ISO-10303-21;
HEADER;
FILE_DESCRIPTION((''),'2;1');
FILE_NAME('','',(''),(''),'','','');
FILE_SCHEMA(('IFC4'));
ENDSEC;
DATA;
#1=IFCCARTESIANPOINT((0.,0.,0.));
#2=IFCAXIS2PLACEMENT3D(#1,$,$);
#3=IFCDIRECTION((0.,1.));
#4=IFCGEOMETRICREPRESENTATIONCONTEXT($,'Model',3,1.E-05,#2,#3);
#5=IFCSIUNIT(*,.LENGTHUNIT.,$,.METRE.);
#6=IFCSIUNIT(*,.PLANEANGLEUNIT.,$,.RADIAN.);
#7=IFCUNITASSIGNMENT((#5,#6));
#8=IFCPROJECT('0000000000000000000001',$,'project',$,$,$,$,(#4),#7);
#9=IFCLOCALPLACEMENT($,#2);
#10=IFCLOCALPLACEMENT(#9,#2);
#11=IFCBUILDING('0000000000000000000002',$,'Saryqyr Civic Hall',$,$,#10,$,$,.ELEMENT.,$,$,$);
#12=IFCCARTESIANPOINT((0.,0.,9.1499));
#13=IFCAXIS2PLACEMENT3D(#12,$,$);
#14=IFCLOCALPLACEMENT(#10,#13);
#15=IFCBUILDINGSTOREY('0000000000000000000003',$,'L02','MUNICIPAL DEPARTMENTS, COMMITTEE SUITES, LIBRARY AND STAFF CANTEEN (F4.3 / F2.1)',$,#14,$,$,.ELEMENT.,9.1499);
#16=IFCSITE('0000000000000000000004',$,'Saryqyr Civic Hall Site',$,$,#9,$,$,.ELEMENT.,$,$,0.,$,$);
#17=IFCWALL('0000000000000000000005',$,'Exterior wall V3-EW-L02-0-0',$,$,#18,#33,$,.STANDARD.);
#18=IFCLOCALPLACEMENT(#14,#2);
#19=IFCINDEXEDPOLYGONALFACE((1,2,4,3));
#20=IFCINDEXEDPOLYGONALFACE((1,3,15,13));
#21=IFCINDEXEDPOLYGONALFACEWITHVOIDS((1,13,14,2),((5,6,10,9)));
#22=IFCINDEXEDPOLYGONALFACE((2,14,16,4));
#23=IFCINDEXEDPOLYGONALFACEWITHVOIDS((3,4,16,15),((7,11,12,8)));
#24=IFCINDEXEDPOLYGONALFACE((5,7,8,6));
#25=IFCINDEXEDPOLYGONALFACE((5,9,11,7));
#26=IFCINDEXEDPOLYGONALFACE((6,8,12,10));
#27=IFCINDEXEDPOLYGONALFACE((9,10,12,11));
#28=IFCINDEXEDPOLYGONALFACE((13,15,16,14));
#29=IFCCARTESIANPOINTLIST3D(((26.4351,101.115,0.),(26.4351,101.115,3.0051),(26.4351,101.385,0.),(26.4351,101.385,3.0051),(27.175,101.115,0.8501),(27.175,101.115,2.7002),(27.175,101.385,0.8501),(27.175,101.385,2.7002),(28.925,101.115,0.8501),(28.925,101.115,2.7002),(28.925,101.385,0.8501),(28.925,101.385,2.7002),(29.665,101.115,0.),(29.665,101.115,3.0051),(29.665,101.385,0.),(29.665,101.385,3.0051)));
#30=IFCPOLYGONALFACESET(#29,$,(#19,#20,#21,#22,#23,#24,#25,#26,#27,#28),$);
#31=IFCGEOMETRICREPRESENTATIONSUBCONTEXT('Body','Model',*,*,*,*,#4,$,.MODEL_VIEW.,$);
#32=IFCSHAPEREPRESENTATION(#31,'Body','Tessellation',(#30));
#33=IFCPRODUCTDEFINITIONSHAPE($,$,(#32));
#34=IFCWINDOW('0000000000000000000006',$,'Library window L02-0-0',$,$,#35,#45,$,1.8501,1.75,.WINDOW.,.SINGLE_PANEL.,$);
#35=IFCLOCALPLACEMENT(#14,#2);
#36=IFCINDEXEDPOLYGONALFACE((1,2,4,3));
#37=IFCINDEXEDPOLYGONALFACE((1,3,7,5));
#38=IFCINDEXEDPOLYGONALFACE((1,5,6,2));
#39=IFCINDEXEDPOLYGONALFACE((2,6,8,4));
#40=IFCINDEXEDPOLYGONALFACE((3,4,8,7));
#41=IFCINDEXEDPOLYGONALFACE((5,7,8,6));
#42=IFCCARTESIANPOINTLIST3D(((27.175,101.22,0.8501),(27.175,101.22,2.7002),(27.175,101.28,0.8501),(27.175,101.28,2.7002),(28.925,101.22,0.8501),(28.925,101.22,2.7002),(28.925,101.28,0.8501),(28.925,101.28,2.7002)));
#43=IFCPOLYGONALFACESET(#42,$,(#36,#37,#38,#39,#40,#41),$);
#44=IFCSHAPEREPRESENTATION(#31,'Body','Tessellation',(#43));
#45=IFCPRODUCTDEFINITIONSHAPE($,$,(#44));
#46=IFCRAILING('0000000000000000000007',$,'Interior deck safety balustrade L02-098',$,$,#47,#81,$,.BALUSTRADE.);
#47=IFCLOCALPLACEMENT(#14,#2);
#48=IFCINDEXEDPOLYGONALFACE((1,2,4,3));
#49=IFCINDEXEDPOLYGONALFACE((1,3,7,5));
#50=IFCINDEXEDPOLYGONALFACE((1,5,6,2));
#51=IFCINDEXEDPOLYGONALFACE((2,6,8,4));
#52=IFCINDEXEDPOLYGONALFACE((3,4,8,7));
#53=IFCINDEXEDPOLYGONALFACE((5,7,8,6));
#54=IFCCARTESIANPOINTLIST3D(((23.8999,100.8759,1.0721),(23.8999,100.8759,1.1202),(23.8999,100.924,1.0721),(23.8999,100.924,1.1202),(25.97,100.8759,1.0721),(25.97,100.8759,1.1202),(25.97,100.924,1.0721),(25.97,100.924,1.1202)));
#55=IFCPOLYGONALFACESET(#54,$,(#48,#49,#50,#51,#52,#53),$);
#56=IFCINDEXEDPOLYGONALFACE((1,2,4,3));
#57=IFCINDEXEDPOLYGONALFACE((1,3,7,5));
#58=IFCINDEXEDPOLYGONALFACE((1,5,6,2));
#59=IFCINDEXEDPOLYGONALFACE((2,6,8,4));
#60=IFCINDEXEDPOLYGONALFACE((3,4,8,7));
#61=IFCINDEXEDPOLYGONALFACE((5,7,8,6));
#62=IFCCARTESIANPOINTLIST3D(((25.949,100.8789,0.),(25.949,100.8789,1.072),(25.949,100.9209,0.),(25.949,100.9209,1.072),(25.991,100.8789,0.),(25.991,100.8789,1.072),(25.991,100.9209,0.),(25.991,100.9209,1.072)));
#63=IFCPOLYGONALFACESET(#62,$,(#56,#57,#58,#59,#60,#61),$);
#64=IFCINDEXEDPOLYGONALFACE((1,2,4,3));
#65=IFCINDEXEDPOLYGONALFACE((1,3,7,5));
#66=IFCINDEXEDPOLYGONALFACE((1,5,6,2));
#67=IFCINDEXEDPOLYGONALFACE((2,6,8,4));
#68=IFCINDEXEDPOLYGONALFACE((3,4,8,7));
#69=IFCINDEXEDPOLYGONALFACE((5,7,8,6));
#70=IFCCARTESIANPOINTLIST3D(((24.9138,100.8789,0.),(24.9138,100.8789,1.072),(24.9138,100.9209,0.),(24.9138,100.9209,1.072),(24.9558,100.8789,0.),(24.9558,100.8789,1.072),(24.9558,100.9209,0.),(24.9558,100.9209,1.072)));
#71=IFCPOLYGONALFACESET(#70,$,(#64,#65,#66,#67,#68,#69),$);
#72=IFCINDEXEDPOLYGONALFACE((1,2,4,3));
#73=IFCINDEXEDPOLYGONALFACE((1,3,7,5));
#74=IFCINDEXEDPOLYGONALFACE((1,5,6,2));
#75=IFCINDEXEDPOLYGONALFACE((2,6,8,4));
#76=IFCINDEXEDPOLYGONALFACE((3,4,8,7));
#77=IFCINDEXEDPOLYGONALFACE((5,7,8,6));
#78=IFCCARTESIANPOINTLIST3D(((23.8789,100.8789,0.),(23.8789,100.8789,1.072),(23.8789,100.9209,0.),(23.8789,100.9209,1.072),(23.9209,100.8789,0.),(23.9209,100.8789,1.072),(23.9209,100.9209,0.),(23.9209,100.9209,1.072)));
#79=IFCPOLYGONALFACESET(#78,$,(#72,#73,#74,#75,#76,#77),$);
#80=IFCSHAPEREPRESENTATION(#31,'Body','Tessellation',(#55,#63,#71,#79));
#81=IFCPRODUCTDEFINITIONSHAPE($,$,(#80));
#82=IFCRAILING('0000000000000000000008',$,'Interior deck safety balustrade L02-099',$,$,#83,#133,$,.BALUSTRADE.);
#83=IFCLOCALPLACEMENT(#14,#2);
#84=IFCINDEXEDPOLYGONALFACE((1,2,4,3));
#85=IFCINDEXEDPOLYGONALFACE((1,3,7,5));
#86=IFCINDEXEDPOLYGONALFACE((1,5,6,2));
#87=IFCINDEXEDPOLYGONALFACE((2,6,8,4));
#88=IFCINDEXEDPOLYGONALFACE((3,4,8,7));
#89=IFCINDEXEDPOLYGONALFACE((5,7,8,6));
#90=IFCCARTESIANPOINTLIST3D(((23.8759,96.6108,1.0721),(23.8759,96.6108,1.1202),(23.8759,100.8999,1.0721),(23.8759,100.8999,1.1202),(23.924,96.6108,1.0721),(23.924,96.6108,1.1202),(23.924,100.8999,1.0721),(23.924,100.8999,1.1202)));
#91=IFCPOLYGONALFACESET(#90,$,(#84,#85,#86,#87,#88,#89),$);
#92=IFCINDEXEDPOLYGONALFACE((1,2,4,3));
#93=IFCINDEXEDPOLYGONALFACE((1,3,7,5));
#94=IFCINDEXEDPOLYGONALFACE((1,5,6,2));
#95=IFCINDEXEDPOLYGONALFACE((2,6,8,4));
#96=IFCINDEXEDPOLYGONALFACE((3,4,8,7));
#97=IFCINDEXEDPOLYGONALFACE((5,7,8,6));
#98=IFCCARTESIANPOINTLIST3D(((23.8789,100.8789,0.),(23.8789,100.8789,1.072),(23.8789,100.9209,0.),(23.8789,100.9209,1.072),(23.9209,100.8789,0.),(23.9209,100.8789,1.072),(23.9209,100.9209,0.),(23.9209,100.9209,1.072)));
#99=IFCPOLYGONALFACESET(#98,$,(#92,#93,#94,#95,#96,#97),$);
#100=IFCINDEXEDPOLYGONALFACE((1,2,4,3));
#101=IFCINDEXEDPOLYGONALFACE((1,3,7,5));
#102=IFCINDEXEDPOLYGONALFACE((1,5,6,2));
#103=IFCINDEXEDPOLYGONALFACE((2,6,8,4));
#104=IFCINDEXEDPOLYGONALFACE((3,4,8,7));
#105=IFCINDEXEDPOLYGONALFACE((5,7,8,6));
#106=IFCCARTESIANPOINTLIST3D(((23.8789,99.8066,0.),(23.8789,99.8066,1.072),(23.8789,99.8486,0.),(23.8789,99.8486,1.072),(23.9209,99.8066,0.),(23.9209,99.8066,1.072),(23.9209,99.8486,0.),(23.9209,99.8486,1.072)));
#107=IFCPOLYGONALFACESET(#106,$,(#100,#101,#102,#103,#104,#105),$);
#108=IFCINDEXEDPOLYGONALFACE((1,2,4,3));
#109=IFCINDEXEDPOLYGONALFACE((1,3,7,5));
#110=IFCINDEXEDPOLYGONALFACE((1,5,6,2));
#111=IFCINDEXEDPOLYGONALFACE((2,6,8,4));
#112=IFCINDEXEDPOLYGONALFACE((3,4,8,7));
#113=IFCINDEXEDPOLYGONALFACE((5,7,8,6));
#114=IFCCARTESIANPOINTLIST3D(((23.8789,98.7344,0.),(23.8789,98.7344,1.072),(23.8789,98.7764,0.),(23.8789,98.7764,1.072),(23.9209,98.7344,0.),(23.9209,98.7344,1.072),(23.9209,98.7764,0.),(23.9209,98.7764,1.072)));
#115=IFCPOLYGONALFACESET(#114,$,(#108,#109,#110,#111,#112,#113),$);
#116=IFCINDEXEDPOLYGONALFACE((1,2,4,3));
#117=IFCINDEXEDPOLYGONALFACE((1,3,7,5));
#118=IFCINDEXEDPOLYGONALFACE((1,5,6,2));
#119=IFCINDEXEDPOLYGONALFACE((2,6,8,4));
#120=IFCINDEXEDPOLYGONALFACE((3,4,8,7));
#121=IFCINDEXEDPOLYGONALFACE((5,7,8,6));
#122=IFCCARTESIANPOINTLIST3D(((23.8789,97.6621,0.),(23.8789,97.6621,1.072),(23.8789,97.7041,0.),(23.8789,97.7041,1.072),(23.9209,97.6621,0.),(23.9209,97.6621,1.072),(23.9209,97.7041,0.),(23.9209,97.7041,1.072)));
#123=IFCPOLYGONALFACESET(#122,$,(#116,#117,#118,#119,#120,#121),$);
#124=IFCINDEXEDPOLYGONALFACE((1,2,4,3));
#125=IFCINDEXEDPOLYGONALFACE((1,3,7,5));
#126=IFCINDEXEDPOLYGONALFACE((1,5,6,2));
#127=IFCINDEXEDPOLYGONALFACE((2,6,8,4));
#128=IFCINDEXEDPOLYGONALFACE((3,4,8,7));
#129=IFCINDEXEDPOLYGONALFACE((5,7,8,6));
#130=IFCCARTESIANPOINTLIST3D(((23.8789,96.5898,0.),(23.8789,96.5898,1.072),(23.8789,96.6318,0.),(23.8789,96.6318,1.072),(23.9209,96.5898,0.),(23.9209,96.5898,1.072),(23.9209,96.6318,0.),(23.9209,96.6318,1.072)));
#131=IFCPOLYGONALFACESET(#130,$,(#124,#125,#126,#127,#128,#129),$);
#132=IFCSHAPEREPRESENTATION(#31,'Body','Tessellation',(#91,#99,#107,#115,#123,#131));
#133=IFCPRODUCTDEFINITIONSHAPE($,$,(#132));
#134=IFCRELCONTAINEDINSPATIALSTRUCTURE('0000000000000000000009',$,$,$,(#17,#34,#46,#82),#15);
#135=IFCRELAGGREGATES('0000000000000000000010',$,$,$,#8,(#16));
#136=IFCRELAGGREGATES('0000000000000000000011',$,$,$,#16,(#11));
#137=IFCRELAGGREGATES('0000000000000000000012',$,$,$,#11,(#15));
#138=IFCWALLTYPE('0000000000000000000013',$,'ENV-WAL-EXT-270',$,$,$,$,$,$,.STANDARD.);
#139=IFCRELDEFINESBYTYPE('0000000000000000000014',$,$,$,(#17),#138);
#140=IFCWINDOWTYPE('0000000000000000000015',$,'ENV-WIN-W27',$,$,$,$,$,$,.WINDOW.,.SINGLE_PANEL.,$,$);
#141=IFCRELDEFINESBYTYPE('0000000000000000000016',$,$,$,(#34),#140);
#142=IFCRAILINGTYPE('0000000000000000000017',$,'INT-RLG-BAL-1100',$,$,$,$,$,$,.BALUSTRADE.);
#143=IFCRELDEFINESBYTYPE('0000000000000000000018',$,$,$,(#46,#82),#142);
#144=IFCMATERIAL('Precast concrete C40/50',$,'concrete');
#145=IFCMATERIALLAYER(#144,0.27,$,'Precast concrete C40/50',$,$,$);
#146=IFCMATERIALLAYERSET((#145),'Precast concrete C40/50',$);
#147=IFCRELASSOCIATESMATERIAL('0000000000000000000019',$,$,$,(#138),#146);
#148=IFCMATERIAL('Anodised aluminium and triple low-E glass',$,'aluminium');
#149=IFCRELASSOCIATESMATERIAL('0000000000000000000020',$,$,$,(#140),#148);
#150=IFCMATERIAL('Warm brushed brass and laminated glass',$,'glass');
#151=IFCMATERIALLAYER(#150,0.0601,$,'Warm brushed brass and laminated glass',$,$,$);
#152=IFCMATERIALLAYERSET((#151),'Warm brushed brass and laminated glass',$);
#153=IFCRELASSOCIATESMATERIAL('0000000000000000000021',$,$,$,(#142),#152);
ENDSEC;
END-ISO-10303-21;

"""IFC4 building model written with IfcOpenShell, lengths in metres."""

from ifc_helpers import new_model, si_unit, direction, frame, frame_2d, origin, origin_2d, place, context, subcontext, project, spatial, rectangle, extrude, material, layer, layer_set, type_object, element, fill, save


model = new_model("IFC4")

# Units and contexts
model_context = context("Model", 3, precision=1e-05, world=origin(), true_north=direction((0.0, 1.0)))
body_context = subcontext(model_context, "Body", "Model", "MODEL_VIEW")
ifc_project = project(units=[si_unit("LENGTHUNIT", "METRE"), si_unit("PLANEANGLEUNIT", "RADIAN")], contexts=[model_context])

# Site, building, storey
site_placement = place(None, origin())
site = spatial("IfcSite", under=ifc_project, at=site_placement, Name="Saryqyr Civic Hall Site", CompositionType="ELEMENT", RefElevation=0.0)
building_placement = place(site_placement, origin())
building = spatial("IfcBuilding", under=site, at=building_placement, Name="Saryqyr Civic Hall", CompositionType="ELEMENT")
storey_placement = place(building_placement, frame((0.0, 0.0, 9.1499)))
storey = spatial("IfcBuildingStorey", under=building, at=storey_placement, Name="L02", Description="MUNICIPAL DEPARTMENTS, COMMITTEE SUITES, LIBRARY AND STAFF CANTEEN (F4.3 / F2.1)", CompositionType="ELEMENT", Elevation=9.1499)

# Shared definitions
ifc_material_1 = material(Name="Anodised aluminium and triple low-E glass", Category="aluminium")

# Wall, opening, window
ifc_material_2 = material(Name="Precast concrete C40/50", Category="concrete")
ifc_layer_1 = layer(ifc_material_2, 0.27, Name="Precast concrete C40/50")
ifc_layer_set_1 = layer_set([ifc_layer_1], Name="Precast concrete C40/50")
wall_type = type_object("IfcWallType", Name="ENV-WAL-EXT-270", PredefinedType="STANDARD", material=ifc_layer_set_1)
wall_placement = place(storey_placement, frame((29.665, 101.25, 0.0), z_axis=(0.0, 0.0, 1.0), x_axis=(-1.0, 0.0, 0.0)))
wall = element("IfcWall", 1, at=wall_placement, inside=storey, type_object=wall_type, Name="Exterior wall V3-EW-L02-0-0", PredefinedType="STANDARD", context=body_context, shape_type="SweptSolid", body=[
    extrude(rectangle(XDim=3.23, YDim=0.27, at=frame_2d((1.615, 0.0))), origin(), (0.0, 0.0, 1.0), 3.0051),
])
opening_placement = place(wall_placement, frame((0.74, 0.0, 0.8501)))
opening = element("IfcOpeningElement", 2, at=opening_placement, cuts=wall, PredefinedType="OPENING", context=body_context, shape_type="SweptSolid", body=[
    extrude(rectangle(XDim=1.75, YDim=1.8501, at=frame_2d((0.875, 0.925))), frame((0.0, 0.145, 0.0), z_axis=(0.0, -1.0, 0.0), x_axis=(1.0, 0.0, 0.0)), (0.0, 0.0, 1.0), 0.29),
])
window_type = type_object("IfcWindowType", Name="ENV-WIN-W27", PartitioningType="SINGLE_PANEL", PredefinedType="WINDOW", material=ifc_material_1)
window_placement = place(opening_placement, origin())
window = element("IfcWindow", 3, at=window_placement, inside=storey, type_object=window_type, Name="Library window L02-0-0", OverallHeight=1.8501, OverallWidth=1.75, PartitioningType="SINGLE_PANEL", PredefinedType="WINDOW", context=body_context, shape_type="SweptSolid", body=[
    extrude(rectangle(XDim=1.75, YDim=1.8501, at=frame_2d((0.875, 0.925))), frame((0.0, 0.03, 0.0), z_axis=(0.0, -1.0, 0.0), x_axis=(1.0, 0.0, 0.0)), (0.0, 0.0, 1.0), 0.0601),
])
fill(opening, window)

# Railings
ifc_material_3 = material(Name="Warm brushed brass and laminated glass", Category="glass")
ifc_layer_2 = layer(ifc_material_3, 0.0601, Name="Warm brushed brass and laminated glass")
ifc_layer_set_2 = layer_set([ifc_layer_2], Name="Warm brushed brass and laminated glass")
railing_type = type_object("IfcRailingType", Name="INT-RLG-BAL-1100", PredefinedType="BALUSTRADE", material=ifc_layer_set_2)
railing_1_placement = place(storey_placement, frame((25.97, 100.8999, 0.0)))
element("IfcRailing", 4, at=railing_1_placement, inside=storey, type_object=railing_type, Name="Interior deck safety balustrade L02-098", PredefinedType="BALUSTRADE", context=body_context, shape_type="SweptSolid", body=[
    extrude(rectangle(XDim=0.0481, YDim=0.0481, at=origin_2d()), frame((0.0, 0.0, 1.0962), z_axis=(-1.0, 0.0, 0.0), x_axis=(0.0, -1.0, 0.0)), (0.0, 0.0, 1.0), 2.0701),
    extrude(rectangle(XDim=0.042, YDim=0.042, at=origin_2d()), origin(), (0.0, 0.0, 1.0), 1.072),
    extrude(rectangle(XDim=0.042, YDim=0.042, at=origin_2d()), frame((-1.0352, 0.0, 0.0)), (0.0, 0.0, 1.0), 1.072),
    extrude(rectangle(XDim=0.042, YDim=0.042, at=origin_2d()), frame((-2.0701, 0.0, 0.0)), (0.0, 0.0, 1.0), 1.072),
])
railing_2_placement = place(storey_placement, frame((23.8999, 100.8999, 0.0)))
element("IfcRailing", 5, at=railing_2_placement, inside=storey, type_object=railing_type, Name="Interior deck safety balustrade L02-099", PredefinedType="BALUSTRADE", context=body_context, shape_type="SweptSolid", body=[
    extrude(rectangle(XDim=0.0481, YDim=0.0481, at=origin_2d()), frame((0.0, 0.0, 1.0962), z_axis=(0.0, -1.0, 0.0), x_axis=(1.0, 0.0, 0.0)), (0.0, 0.0, 1.0), 4.2891),
    extrude(rectangle(XDim=0.042, YDim=0.042, at=origin_2d()), origin(), (0.0, 0.0, 1.0), 1.072),
    extrude(rectangle(XDim=0.042, YDim=0.042, at=origin_2d()), frame((0.0, -1.0723, 0.0)), (0.0, 0.0, 1.0), 1.072),
    extrude(rectangle(XDim=0.042, YDim=0.042, at=origin_2d()), frame((0.0, -2.1445, 0.0)), (0.0, 0.0, 1.0), 1.072),
    extrude(rectangle(XDim=0.042, YDim=0.042, at=origin_2d()), frame((0.0, -3.2168, 0.0)), (0.0, 0.0, 1.0), 1.072),
    extrude(rectangle(XDim=0.042, YDim=0.042, at=origin_2d()), frame((0.0, -4.2891, 0.0)), (0.0, 0.0, 1.0), 1.072),
])

save(model, "model.ifc")
